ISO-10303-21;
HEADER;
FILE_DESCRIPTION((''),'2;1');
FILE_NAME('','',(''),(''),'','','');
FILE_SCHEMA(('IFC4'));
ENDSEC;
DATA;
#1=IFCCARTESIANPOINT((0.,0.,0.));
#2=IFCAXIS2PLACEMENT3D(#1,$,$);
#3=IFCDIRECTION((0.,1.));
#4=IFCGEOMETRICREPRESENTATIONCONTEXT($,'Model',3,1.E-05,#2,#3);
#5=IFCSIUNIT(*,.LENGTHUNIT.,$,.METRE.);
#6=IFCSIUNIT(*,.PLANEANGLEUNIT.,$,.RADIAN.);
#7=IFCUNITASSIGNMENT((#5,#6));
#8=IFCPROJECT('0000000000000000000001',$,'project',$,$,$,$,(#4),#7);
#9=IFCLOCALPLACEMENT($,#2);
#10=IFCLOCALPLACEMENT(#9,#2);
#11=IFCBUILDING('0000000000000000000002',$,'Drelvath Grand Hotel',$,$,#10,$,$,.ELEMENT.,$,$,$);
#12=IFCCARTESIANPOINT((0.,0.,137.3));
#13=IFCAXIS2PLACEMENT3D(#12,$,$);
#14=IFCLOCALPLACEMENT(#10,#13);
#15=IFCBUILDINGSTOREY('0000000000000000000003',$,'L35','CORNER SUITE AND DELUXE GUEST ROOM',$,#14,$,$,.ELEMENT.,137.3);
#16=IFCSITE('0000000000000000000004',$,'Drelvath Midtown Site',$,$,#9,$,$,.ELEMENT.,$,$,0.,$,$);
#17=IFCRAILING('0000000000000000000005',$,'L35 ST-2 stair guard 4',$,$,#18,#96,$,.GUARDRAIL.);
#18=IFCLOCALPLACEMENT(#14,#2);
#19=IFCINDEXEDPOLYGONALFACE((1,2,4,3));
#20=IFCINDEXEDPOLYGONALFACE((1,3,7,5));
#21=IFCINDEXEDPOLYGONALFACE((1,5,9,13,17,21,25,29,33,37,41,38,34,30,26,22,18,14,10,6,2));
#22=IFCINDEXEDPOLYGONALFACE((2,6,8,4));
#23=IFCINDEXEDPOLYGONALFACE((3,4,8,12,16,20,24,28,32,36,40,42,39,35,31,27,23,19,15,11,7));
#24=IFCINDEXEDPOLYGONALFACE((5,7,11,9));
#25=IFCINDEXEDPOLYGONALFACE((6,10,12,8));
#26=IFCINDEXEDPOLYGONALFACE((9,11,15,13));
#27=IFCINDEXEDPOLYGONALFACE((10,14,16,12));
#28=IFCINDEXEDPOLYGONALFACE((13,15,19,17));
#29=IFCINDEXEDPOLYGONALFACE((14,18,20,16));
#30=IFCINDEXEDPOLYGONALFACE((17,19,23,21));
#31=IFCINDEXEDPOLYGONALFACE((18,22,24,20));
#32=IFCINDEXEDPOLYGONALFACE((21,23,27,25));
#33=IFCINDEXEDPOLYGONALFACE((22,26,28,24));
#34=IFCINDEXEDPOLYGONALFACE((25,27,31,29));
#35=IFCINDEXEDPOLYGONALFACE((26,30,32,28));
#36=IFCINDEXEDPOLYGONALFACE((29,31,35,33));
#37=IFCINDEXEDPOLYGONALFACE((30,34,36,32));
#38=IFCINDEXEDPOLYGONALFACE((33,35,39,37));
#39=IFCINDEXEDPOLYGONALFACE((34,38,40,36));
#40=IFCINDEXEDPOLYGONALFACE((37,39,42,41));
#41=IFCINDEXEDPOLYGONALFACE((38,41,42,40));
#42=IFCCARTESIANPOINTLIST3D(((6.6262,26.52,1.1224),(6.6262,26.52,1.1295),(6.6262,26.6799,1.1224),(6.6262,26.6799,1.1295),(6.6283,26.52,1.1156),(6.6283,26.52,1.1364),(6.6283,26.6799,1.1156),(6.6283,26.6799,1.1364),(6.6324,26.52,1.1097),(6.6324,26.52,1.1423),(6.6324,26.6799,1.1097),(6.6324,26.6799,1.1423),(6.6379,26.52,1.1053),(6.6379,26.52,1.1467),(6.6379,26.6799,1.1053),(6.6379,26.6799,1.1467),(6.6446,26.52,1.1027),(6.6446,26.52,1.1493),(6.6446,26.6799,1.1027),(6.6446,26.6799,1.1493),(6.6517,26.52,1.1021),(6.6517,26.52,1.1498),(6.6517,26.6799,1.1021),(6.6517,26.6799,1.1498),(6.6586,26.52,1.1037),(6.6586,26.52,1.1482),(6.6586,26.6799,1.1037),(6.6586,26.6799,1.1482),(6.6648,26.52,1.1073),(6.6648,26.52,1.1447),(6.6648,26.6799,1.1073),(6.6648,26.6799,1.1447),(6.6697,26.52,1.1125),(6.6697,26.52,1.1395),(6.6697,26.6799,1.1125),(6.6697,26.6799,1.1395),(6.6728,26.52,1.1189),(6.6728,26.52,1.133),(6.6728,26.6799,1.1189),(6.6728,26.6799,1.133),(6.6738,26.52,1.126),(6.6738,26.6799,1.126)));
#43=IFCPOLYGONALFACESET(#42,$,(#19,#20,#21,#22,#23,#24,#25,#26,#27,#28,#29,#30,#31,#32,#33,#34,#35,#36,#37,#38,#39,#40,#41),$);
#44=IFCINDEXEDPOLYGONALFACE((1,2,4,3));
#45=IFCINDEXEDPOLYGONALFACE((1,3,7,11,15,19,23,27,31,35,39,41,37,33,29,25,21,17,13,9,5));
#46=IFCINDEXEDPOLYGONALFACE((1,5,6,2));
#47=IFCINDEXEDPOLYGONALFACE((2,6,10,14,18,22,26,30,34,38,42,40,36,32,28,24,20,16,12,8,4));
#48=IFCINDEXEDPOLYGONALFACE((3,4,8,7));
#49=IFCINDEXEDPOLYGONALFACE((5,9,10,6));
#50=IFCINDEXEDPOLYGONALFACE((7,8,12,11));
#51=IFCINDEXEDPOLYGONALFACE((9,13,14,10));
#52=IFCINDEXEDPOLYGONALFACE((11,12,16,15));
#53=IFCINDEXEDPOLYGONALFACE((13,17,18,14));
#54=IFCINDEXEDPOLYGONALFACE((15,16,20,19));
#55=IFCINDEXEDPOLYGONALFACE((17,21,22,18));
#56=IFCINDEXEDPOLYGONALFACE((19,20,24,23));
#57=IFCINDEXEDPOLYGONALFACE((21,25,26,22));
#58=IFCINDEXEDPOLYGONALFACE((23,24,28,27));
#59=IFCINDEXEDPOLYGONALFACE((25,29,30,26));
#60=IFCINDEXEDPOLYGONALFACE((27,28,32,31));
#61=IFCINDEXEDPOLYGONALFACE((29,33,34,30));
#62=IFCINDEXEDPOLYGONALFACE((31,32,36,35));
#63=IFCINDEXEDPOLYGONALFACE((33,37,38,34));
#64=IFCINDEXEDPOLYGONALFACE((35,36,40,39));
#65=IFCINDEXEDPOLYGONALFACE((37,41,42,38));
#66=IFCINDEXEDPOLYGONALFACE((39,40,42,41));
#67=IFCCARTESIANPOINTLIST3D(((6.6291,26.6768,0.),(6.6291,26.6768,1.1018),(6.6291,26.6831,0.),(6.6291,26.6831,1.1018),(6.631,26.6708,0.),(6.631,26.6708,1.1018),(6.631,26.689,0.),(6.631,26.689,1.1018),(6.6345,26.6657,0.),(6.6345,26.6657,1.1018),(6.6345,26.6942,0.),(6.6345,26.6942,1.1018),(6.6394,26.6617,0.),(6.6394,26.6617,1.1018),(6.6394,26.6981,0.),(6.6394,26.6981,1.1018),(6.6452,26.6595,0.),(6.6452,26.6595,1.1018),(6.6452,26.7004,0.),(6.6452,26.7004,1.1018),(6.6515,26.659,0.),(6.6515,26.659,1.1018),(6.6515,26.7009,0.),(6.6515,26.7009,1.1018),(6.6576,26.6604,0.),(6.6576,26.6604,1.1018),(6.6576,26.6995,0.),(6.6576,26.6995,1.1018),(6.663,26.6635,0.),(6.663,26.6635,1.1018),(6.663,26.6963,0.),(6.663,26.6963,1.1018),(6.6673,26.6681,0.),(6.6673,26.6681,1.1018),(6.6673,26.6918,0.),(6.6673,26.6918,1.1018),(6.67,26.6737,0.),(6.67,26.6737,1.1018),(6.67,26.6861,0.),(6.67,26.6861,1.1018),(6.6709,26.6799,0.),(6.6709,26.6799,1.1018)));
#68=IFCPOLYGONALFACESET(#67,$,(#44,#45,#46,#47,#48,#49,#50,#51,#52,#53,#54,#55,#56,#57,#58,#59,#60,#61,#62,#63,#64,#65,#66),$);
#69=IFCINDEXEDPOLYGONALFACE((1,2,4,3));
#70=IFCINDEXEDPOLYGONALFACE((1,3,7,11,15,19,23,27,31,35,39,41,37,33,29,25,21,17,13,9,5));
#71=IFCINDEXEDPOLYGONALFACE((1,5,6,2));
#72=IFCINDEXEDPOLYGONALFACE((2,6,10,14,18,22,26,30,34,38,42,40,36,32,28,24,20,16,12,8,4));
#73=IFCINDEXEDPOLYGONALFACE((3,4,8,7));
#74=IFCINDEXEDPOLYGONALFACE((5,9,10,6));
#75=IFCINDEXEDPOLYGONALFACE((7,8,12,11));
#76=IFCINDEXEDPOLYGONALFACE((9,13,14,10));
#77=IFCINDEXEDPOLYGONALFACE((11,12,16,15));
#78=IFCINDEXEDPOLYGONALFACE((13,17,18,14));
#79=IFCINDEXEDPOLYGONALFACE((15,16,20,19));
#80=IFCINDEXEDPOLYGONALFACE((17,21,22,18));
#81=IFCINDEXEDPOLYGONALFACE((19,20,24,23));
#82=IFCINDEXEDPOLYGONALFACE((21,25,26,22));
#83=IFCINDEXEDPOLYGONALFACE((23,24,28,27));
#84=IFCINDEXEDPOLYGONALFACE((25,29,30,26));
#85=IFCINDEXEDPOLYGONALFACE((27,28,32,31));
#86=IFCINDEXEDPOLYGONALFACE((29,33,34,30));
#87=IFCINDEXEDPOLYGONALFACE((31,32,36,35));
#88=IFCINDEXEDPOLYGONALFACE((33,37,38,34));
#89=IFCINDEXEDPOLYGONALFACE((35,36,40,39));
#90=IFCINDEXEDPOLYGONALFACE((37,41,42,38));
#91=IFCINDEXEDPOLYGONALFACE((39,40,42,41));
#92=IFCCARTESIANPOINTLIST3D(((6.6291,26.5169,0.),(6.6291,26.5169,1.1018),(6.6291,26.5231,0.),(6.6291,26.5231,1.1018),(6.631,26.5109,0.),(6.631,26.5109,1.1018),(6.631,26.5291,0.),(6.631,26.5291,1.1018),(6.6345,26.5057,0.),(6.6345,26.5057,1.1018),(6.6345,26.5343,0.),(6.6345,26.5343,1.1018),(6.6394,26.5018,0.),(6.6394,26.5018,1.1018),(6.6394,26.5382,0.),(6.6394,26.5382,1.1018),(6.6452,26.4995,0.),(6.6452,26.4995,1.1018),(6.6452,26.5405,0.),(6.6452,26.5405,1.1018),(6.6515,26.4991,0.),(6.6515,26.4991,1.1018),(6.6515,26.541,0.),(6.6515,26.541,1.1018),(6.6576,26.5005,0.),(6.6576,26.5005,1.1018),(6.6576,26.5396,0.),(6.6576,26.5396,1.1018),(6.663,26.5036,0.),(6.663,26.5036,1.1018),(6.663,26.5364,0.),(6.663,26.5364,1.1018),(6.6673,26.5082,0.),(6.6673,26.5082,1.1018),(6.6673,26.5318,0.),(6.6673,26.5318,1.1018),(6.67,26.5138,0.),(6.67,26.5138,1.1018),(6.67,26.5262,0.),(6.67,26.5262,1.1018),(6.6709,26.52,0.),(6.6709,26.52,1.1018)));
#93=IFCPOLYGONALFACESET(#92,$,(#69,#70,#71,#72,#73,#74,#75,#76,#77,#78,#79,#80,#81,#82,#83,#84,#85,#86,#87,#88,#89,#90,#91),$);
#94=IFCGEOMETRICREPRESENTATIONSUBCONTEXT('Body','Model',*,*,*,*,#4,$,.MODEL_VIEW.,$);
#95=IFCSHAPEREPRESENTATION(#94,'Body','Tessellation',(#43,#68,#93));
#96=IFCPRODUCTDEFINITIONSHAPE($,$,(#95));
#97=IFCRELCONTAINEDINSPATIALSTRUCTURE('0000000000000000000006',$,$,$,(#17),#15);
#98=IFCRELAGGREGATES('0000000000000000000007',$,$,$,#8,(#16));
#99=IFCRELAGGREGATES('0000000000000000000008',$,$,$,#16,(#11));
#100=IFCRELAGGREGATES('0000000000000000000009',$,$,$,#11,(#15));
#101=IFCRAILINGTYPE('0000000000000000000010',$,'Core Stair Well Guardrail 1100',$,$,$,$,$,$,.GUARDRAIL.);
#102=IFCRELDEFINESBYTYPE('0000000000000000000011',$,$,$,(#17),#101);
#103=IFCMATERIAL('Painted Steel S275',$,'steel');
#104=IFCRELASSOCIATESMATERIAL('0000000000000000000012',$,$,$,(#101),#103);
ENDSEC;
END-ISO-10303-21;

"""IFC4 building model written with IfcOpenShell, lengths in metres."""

from ifc_helpers import new_model, si_unit, direction, frame, origin, origin_2d, place, context, subcontext, project, spatial, circle, extrude, material, type_object, element, save


model = new_model("IFC4")

# Units and contexts
model_context = context("Model", 3, precision=1e-05, world=origin(), true_north=direction((0.0, 1.0)))
body_context = subcontext(model_context, "Body", "Model", "MODEL_VIEW")
ifc_project = project(units=[si_unit("LENGTHUNIT", "METRE"), si_unit("PLANEANGLEUNIT", "RADIAN")], contexts=[model_context])

# Site, building, storey
site_placement = place(None, origin())
site = spatial("IfcSite", under=ifc_project, at=site_placement, Name="Drelvath Midtown Site", CompositionType="ELEMENT", RefElevation=0.0)
building_placement = place(site_placement, origin())
building = spatial("IfcBuilding", under=site, at=building_placement, Name="Drelvath Grand Hotel", CompositionType="ELEMENT")
storey_placement = place(building_placement, frame((0.0, 0.0, 137.3)))
storey = spatial("IfcBuildingStorey", under=building, at=storey_placement, Name="L35", Description="CORNER SUITE AND DELUXE GUEST ROOM", CompositionType="ELEMENT", Elevation=137.3)

# Railing
ifc_material_1 = material(Name="Painted Steel S275", Category="steel")
railing_type_1 = type_object("IfcRailingType", Name="Core Stair Well Guardrail 1100", PredefinedType="GUARDRAIL", material=ifc_material_1)
railing_1_placement = place(storey_placement, frame((6.6499, 26.6799, 0.0)))
element("IfcRailing", 1, at=railing_1_placement, inside=storey, type_object=railing_type_1, Name="L35 ST-2 stair guard 4", PredefinedType="GUARDRAIL", context=body_context, shape_type="SweptSolid", body=[
    extrude(circle(Radius=0.0239, at=origin_2d()), frame((0.0, 0.0, 1.126), z_axis=(0.0, -1.0, 0.0), x_axis=(1.0, 0.0, 0.0)), (0.0, 0.0, 1.0), 0.1599),
    extrude(circle(Radius=0.021, at=origin_2d()), origin(), (0.0, 0.0, 1.0), 1.1018),
    extrude(circle(Radius=0.021, at=origin_2d()), frame((0.0, -0.1599, 0.0)), (0.0, 0.0, 1.0), 1.1018),
])

save(model, "model.ifc")
